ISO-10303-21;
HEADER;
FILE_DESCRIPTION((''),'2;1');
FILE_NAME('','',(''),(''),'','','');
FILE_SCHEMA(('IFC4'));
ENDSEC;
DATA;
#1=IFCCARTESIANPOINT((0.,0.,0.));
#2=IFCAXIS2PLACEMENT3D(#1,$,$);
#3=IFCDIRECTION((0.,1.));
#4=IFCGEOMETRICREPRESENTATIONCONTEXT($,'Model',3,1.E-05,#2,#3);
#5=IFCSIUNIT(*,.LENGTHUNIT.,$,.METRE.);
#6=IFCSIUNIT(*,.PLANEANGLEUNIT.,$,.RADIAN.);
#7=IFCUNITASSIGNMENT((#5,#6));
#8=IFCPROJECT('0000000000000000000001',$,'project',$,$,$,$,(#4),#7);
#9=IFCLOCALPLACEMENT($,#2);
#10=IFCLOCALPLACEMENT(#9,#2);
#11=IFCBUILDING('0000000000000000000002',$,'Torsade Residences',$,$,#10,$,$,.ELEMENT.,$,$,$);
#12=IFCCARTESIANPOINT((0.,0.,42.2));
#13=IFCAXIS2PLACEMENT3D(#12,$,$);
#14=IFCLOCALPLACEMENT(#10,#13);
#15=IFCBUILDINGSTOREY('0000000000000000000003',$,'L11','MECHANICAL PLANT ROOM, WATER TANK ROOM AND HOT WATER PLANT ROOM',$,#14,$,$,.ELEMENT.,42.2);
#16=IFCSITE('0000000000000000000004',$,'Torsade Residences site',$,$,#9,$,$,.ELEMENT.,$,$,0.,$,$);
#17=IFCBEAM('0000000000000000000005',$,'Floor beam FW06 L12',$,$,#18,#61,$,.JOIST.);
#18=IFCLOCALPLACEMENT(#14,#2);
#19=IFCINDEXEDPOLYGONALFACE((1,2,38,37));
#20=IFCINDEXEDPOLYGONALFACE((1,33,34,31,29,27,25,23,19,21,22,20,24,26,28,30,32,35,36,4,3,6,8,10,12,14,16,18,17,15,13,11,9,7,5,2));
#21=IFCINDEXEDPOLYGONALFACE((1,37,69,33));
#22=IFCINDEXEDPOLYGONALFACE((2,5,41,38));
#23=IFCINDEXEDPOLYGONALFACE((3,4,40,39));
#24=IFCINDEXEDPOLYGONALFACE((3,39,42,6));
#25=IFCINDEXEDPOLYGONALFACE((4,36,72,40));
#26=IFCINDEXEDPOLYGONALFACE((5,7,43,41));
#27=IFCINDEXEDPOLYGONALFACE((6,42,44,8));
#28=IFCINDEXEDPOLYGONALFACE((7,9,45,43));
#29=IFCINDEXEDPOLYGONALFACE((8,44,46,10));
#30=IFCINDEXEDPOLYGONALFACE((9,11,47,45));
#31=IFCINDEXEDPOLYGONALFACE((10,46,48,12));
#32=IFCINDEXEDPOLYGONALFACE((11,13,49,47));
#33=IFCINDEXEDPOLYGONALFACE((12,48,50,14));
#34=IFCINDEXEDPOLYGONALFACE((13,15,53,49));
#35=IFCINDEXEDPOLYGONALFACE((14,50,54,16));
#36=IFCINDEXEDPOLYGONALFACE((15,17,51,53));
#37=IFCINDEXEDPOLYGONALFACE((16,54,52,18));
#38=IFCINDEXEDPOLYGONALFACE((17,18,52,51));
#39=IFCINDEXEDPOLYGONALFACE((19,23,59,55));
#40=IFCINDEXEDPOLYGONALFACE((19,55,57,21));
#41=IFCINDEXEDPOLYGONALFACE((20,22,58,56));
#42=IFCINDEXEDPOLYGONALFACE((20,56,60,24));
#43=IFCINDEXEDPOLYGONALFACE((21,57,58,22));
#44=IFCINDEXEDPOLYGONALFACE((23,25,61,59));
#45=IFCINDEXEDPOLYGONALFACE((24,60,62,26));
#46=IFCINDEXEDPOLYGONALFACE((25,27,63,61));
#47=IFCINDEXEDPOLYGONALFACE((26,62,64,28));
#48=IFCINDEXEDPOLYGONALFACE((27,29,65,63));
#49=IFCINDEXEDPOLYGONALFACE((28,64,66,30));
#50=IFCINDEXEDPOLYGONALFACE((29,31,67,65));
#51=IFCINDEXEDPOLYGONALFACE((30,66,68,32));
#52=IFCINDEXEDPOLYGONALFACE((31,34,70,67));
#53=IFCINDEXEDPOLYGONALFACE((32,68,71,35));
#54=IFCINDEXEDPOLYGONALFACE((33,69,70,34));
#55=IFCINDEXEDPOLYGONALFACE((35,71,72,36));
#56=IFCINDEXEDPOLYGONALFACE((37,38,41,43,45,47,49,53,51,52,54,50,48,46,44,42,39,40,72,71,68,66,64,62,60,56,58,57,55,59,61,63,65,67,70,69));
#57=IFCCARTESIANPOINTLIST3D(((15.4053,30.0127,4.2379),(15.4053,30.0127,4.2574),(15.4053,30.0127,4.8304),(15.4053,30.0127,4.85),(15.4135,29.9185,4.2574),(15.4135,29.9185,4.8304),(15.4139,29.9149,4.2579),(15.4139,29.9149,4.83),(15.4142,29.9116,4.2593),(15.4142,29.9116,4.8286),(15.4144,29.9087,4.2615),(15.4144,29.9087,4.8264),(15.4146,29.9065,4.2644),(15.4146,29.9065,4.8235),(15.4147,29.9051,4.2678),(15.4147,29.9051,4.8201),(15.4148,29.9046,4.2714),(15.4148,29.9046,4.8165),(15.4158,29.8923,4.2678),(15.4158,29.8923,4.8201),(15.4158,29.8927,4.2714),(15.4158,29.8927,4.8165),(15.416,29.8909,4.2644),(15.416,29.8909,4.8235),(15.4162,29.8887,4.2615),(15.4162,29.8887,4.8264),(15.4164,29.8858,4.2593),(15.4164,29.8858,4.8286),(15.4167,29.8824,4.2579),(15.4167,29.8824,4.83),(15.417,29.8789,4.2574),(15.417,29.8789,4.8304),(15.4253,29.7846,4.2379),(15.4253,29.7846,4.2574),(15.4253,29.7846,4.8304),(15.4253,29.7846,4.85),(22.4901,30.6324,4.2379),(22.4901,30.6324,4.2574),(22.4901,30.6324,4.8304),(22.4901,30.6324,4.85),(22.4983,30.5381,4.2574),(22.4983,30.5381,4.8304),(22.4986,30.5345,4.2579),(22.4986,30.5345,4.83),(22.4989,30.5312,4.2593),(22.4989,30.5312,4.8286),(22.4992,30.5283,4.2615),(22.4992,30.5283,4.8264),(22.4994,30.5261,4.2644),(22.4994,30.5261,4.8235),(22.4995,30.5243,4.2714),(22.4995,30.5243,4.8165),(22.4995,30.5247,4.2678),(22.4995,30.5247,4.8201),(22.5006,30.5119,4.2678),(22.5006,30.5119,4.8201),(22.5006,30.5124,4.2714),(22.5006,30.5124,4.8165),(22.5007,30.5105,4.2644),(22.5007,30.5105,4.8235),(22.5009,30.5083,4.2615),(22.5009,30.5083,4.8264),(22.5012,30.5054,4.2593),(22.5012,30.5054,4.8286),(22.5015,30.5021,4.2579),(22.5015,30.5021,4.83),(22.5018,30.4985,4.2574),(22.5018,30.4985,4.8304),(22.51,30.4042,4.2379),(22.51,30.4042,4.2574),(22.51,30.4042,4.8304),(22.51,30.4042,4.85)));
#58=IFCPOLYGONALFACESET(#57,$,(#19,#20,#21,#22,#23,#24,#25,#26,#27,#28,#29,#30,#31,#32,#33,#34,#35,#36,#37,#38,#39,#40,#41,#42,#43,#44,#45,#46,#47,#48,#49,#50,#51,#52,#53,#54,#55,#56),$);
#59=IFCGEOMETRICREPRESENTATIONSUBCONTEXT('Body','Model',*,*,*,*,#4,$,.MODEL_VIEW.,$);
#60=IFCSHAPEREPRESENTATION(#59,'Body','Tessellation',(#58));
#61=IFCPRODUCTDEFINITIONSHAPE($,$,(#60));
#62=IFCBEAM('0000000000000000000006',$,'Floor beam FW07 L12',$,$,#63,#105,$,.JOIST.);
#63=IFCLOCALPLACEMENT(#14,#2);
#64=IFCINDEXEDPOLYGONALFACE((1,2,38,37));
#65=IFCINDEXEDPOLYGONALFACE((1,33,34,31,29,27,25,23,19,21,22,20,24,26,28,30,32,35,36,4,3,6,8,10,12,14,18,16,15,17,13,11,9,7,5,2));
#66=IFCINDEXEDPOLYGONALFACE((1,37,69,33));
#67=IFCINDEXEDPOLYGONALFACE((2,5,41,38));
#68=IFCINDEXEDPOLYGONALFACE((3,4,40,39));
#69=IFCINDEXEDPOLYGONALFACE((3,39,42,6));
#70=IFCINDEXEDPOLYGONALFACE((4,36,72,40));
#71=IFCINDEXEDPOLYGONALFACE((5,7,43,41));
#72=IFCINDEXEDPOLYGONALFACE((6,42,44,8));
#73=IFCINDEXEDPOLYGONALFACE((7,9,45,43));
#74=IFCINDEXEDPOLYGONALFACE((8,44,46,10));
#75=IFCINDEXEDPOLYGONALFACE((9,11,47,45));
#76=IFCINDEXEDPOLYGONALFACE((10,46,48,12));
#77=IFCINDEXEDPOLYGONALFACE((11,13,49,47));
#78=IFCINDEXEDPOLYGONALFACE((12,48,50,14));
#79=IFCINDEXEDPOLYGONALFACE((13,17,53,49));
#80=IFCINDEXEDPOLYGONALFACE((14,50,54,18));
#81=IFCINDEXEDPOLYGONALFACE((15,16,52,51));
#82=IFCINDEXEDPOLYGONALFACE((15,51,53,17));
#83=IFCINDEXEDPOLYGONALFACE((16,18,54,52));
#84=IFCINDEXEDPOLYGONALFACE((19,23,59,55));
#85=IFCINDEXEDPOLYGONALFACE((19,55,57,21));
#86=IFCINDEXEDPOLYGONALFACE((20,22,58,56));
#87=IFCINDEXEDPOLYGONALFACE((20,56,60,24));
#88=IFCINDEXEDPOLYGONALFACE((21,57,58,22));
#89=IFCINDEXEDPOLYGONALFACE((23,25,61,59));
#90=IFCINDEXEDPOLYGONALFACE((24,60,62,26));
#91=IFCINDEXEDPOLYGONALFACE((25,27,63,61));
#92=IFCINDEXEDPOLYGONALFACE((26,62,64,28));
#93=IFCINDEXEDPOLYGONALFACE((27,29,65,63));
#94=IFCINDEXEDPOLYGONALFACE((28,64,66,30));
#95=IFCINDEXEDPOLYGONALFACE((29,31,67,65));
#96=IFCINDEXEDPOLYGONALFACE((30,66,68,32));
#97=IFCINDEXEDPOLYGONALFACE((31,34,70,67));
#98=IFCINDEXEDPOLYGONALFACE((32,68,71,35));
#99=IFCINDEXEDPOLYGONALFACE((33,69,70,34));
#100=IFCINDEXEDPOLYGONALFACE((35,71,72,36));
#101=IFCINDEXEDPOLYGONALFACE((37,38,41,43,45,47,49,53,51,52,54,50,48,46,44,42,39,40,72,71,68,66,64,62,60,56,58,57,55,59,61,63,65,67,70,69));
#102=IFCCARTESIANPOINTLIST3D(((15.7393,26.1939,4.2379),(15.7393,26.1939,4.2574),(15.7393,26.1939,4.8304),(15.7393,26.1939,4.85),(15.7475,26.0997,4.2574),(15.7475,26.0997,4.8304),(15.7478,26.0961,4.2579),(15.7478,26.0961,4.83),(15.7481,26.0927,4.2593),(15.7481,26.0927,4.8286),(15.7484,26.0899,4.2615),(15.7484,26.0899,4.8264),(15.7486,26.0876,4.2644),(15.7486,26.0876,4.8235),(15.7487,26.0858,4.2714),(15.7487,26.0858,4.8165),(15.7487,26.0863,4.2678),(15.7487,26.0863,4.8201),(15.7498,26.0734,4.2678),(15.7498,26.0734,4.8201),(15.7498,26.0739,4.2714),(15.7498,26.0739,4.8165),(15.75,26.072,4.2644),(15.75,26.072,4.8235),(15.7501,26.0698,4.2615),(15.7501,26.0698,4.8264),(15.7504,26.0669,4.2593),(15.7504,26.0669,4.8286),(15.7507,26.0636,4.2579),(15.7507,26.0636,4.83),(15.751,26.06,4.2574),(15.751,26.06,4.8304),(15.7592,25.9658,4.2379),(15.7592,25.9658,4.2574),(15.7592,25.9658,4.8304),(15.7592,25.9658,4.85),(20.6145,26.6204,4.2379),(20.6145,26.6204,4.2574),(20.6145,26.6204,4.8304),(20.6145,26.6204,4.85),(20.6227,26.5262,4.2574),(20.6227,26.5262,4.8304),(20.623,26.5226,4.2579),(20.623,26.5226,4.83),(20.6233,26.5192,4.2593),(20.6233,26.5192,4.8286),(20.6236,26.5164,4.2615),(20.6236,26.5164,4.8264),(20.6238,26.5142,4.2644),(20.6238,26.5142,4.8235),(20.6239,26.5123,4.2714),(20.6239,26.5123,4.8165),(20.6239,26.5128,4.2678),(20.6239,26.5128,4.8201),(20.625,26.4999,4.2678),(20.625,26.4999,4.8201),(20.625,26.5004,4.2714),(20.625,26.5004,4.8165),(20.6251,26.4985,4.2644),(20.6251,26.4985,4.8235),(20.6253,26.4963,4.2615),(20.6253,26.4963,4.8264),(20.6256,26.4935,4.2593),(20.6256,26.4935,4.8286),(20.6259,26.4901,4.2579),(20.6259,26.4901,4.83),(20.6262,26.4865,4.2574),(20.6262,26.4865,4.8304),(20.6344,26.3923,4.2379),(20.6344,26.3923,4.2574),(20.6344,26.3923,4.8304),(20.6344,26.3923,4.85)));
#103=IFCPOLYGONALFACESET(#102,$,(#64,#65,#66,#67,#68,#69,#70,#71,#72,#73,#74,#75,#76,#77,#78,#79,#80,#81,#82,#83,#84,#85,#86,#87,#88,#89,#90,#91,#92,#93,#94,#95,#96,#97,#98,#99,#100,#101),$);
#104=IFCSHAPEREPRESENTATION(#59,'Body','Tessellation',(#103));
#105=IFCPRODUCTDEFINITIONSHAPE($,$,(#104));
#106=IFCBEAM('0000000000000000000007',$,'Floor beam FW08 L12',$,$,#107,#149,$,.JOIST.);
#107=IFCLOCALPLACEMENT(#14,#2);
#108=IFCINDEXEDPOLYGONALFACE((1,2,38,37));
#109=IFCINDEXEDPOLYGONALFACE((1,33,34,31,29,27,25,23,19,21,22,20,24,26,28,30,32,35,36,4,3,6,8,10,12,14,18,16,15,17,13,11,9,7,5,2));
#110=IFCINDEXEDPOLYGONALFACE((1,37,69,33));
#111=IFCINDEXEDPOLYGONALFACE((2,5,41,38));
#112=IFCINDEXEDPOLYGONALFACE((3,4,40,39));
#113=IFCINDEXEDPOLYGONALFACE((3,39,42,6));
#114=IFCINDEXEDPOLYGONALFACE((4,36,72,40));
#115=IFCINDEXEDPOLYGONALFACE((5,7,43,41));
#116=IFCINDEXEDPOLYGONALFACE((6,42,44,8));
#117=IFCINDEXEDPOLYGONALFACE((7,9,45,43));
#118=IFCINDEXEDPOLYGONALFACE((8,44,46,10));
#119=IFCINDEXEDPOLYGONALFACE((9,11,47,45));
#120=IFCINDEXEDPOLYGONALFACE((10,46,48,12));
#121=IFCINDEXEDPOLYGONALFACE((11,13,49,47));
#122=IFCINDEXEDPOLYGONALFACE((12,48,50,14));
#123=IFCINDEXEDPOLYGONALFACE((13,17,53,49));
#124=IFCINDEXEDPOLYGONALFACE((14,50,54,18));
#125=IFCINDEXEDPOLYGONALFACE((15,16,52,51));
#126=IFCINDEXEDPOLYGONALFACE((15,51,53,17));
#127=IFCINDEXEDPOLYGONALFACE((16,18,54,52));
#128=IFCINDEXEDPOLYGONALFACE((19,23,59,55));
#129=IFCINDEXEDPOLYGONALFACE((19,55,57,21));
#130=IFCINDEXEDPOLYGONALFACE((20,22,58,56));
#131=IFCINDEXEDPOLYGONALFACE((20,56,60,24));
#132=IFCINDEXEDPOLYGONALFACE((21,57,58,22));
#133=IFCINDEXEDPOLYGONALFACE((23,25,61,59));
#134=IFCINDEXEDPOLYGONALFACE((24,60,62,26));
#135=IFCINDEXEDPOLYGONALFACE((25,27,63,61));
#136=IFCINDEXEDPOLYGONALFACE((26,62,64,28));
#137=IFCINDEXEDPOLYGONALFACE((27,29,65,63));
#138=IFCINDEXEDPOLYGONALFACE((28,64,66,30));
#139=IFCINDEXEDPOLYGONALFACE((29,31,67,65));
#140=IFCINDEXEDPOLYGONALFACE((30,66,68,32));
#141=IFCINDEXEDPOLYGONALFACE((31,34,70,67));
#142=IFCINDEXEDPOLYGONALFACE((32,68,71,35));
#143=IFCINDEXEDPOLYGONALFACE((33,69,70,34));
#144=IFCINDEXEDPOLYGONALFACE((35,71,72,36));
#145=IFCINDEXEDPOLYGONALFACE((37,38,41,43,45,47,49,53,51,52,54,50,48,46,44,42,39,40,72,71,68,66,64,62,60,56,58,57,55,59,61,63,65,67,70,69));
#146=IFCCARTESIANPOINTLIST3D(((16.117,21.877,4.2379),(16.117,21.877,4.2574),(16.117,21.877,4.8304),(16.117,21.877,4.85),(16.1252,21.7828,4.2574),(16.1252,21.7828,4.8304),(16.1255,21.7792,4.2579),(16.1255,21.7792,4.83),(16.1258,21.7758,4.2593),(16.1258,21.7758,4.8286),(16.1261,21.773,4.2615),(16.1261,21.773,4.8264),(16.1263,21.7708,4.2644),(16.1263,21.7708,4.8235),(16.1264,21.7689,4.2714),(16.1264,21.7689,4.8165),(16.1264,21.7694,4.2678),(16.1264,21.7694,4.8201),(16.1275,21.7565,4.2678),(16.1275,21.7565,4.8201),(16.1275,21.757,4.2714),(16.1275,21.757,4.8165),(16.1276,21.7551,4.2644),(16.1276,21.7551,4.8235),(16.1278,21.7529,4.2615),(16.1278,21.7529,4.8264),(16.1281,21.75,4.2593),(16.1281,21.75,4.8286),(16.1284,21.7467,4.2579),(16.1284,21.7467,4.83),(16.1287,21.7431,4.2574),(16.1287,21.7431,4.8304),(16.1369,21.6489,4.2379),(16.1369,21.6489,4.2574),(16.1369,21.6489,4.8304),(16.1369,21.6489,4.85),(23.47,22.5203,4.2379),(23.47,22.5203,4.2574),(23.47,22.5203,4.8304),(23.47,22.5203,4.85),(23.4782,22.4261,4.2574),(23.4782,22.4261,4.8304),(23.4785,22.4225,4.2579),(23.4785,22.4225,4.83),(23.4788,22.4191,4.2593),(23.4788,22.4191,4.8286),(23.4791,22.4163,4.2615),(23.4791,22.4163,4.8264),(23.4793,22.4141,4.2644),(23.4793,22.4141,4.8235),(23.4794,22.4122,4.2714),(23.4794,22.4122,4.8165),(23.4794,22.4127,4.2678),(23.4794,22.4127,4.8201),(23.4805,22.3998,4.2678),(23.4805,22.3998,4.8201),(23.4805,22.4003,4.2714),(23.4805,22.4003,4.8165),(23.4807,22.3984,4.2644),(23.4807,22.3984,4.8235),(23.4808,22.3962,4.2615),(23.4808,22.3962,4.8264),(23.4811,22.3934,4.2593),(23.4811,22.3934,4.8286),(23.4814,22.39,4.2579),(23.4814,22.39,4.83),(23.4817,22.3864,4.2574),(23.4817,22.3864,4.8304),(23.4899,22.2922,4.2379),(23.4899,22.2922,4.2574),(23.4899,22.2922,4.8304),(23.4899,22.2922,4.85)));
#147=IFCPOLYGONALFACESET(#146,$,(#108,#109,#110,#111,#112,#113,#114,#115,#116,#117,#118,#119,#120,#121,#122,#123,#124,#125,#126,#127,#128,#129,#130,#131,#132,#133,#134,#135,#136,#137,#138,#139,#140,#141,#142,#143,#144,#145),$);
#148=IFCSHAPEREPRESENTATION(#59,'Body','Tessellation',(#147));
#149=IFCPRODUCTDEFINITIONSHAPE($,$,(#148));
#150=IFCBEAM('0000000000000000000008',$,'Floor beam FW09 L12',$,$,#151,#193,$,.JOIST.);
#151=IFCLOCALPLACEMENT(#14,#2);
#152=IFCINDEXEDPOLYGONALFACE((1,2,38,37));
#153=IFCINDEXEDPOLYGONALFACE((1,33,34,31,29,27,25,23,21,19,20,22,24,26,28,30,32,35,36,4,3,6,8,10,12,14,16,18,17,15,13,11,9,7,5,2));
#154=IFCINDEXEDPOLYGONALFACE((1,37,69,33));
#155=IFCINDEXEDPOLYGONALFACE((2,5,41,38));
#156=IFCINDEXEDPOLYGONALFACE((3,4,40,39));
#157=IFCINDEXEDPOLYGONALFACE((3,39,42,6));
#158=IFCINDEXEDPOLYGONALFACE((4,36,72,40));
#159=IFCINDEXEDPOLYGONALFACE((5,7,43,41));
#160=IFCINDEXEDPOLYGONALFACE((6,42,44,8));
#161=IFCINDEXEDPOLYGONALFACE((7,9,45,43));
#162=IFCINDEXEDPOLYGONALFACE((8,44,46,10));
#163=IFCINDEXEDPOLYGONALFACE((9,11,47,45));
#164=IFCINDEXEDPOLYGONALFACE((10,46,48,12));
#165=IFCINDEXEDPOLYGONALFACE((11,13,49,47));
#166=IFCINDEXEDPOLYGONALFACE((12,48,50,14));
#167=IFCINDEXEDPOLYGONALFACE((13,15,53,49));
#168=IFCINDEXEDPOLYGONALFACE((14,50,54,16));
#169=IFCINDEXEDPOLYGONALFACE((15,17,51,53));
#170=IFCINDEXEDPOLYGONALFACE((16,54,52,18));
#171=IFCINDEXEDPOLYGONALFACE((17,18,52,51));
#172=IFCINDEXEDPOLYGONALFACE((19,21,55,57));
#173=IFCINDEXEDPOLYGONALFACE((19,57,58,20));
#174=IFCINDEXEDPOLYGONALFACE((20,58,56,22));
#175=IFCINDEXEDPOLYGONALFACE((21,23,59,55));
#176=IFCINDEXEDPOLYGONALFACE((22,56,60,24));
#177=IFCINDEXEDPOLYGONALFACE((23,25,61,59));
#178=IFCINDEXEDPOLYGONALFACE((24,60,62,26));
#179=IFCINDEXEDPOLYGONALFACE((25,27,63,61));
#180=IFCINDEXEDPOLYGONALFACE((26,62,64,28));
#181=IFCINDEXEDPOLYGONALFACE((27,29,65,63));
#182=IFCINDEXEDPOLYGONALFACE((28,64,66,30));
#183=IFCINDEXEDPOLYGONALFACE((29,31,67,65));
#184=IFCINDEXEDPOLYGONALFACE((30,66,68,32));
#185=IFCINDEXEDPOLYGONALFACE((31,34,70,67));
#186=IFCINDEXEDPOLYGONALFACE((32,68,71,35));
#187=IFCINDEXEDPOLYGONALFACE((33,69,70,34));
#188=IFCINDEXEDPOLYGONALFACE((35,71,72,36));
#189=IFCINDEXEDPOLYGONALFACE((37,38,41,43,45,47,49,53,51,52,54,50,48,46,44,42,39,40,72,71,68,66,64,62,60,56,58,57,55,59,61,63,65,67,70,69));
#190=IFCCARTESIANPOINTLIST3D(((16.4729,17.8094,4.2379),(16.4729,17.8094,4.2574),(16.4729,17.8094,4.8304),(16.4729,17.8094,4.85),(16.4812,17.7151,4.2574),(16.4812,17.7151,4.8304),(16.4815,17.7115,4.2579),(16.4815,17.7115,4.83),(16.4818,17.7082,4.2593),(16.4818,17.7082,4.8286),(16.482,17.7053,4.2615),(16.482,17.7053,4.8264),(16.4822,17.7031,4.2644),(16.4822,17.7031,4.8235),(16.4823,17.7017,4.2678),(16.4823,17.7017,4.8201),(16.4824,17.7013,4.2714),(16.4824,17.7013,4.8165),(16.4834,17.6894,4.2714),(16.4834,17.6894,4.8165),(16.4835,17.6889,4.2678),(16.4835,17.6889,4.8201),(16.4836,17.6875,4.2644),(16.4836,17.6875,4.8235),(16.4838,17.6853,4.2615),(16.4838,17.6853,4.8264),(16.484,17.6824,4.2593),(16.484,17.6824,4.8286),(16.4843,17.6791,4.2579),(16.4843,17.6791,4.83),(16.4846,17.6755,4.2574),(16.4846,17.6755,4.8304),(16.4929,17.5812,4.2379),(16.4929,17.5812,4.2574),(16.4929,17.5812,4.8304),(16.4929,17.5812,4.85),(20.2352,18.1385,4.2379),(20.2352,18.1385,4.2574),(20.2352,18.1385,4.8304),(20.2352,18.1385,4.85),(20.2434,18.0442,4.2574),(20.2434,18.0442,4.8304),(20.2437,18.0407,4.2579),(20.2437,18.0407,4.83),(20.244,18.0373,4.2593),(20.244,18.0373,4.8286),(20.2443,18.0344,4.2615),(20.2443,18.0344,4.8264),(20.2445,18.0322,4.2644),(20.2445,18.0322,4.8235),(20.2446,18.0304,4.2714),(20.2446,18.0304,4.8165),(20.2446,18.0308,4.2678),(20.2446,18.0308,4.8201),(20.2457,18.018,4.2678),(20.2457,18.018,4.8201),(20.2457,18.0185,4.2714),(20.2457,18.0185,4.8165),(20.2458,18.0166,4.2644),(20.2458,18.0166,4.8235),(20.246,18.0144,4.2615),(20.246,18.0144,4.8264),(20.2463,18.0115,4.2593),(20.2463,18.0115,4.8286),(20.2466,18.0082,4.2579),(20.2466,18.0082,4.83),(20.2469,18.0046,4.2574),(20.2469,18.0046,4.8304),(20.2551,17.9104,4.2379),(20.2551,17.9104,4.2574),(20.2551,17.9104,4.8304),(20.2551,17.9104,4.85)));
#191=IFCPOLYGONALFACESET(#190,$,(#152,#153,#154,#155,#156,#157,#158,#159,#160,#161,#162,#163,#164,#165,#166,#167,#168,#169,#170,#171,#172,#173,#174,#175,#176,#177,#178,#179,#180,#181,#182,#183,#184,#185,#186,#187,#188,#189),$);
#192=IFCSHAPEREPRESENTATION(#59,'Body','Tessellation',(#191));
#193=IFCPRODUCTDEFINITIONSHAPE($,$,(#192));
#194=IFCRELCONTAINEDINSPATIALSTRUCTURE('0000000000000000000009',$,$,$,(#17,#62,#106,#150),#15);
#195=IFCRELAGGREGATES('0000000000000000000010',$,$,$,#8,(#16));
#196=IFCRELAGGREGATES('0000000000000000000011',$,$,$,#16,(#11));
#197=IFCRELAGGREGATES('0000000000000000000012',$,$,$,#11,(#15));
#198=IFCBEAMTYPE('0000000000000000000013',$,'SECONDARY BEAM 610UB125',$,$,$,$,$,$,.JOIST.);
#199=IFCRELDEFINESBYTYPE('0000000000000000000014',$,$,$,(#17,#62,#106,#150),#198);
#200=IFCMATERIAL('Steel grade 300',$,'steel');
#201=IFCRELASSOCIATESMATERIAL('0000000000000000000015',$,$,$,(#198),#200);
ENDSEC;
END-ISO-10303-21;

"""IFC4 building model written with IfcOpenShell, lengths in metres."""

from ifc_helpers import new_model, si_unit, direction, frame, origin, origin_2d, place, context, subcontext, project, spatial, i_section, extrude, material, material_profile, profile_set, type_object, element, save


model = new_model("IFC4")

# Units and contexts
model_context = context("Model", 3, precision=1e-05, world=origin(), true_north=direction((0.0, 1.0)))
body_context = subcontext(model_context, "Body", "Model", "MODEL_VIEW")
ifc_project = project(units=[si_unit("LENGTHUNIT", "METRE"), si_unit("PLANEANGLEUNIT", "RADIAN")], contexts=[model_context])

# Site, building, storey
site_placement = place(None, origin())
site = spatial("IfcSite", under=ifc_project, at=site_placement, Name="Torsade Residences site", CompositionType="ELEMENT", RefElevation=0.0)
building_placement = place(site_placement, origin())
building = spatial("IfcBuilding", under=site, at=building_placement, Name="Torsade Residences", CompositionType="ELEMENT")
storey_placement = place(building_placement, frame((0.0, 0.0, 42.2)))
storey = spatial("IfcBuildingStorey", under=building, at=storey_placement, Name="L11", Description="MECHANICAL PLANT ROOM, WATER TANK ROOM AND HOT WATER PLANT ROOM", CompositionType="ELEMENT", Elevation=42.2)

# Beams
ifc_material_1 = material(Name="Steel grade 300", Category="steel")
ifc_material_profile_1 = material_profile(ifc_material_1, i_section(OverallWidth=0.229, OverallDepth=0.6121, WebThickness=0.012, FlangeThickness=0.0195, FilletRadius=0.0139, at=origin_2d()), Name="610UB125")
ifc_profile_set_1 = profile_set([ifc_material_profile_1], Name="Steel grade 300")
beam_type_1 = type_object("IfcBeamType", Name="SECONDARY BEAM 610UB125", PredefinedType="JOIST", material=ifc_profile_set_1)
beam_1_placement = place(storey_placement, frame((15.4153, 29.8987, 4.5439), z_axis=(0.996197, 0.087127, 0.0), x_axis=(-0.087127, 0.996197, 0.0)))
element("IfcBeam", 1, at=beam_1_placement, inside=storey, type_object=beam_type_1, Name="Floor beam FW06 L12", PredefinedType="JOIST", context=body_context, shape_type="SweptSolid", body=[
    extrude(i_section(OverallWidth=0.229, OverallDepth=0.6121, WebThickness=0.012, FlangeThickness=0.0195, FilletRadius=0.0139, at=origin_2d()), origin(), (0.0, 0.0, 1.0), 7.1118),
])
beam_2_placement = place(storey_placement, frame((15.7493, 26.0798, 4.5439), z_axis=(0.996195, 0.087153, 0.0), x_axis=(-0.087153, 0.996195, 0.0)))
element("IfcBeam", 2, at=beam_2_placement, inside=storey, type_object=beam_type_1, Name="Floor beam FW07 L12", PredefinedType="JOIST", context=body_context, shape_type="SweptSolid", body=[
    extrude(i_section(OverallWidth=0.229, OverallDepth=0.6121, WebThickness=0.012, FlangeThickness=0.0195, FilletRadius=0.0139, at=origin_2d()), origin(), (0.0, 0.0, 1.0), 4.8938),
])
beam_3_placement = place(storey_placement, frame((16.127, 21.7629, 4.5439), z_axis=(0.996195, 0.087156, 0.0), x_axis=(-0.087156, 0.996195, 0.0)))
element("IfcBeam", 3, at=beam_3_placement, inside=storey, type_object=beam_type_1, Name="Floor beam FW08 L12", PredefinedType="JOIST", context=body_context, shape_type="SweptSolid", body=[
    extrude(i_section(OverallWidth=0.229, OverallDepth=0.6121, WebThickness=0.012, FlangeThickness=0.0195, FilletRadius=0.0139, at=origin_2d()), origin(), (0.0, 0.0, 1.0), 7.3811),
])
beam_4_placement = place(storey_placement, frame((16.4829, 17.6953, 4.5439), z_axis=(0.996196, 0.087143, 0.0), x_axis=(-0.087143, 0.996196, 0.0)))
element("IfcBeam", 4, at=beam_4_placement, inside=storey, type_object=beam_type_1, Name="Floor beam FW09 L12", PredefinedType="JOIST", context=body_context, shape_type="SweptSolid", body=[
    extrude(i_section(OverallWidth=0.229, OverallDepth=0.6121, WebThickness=0.012, FlangeThickness=0.0195, FilletRadius=0.0139, at=origin_2d()), origin(), (0.0, 0.0, 1.0), 3.7766),
])

save(model, "model.ifc")
